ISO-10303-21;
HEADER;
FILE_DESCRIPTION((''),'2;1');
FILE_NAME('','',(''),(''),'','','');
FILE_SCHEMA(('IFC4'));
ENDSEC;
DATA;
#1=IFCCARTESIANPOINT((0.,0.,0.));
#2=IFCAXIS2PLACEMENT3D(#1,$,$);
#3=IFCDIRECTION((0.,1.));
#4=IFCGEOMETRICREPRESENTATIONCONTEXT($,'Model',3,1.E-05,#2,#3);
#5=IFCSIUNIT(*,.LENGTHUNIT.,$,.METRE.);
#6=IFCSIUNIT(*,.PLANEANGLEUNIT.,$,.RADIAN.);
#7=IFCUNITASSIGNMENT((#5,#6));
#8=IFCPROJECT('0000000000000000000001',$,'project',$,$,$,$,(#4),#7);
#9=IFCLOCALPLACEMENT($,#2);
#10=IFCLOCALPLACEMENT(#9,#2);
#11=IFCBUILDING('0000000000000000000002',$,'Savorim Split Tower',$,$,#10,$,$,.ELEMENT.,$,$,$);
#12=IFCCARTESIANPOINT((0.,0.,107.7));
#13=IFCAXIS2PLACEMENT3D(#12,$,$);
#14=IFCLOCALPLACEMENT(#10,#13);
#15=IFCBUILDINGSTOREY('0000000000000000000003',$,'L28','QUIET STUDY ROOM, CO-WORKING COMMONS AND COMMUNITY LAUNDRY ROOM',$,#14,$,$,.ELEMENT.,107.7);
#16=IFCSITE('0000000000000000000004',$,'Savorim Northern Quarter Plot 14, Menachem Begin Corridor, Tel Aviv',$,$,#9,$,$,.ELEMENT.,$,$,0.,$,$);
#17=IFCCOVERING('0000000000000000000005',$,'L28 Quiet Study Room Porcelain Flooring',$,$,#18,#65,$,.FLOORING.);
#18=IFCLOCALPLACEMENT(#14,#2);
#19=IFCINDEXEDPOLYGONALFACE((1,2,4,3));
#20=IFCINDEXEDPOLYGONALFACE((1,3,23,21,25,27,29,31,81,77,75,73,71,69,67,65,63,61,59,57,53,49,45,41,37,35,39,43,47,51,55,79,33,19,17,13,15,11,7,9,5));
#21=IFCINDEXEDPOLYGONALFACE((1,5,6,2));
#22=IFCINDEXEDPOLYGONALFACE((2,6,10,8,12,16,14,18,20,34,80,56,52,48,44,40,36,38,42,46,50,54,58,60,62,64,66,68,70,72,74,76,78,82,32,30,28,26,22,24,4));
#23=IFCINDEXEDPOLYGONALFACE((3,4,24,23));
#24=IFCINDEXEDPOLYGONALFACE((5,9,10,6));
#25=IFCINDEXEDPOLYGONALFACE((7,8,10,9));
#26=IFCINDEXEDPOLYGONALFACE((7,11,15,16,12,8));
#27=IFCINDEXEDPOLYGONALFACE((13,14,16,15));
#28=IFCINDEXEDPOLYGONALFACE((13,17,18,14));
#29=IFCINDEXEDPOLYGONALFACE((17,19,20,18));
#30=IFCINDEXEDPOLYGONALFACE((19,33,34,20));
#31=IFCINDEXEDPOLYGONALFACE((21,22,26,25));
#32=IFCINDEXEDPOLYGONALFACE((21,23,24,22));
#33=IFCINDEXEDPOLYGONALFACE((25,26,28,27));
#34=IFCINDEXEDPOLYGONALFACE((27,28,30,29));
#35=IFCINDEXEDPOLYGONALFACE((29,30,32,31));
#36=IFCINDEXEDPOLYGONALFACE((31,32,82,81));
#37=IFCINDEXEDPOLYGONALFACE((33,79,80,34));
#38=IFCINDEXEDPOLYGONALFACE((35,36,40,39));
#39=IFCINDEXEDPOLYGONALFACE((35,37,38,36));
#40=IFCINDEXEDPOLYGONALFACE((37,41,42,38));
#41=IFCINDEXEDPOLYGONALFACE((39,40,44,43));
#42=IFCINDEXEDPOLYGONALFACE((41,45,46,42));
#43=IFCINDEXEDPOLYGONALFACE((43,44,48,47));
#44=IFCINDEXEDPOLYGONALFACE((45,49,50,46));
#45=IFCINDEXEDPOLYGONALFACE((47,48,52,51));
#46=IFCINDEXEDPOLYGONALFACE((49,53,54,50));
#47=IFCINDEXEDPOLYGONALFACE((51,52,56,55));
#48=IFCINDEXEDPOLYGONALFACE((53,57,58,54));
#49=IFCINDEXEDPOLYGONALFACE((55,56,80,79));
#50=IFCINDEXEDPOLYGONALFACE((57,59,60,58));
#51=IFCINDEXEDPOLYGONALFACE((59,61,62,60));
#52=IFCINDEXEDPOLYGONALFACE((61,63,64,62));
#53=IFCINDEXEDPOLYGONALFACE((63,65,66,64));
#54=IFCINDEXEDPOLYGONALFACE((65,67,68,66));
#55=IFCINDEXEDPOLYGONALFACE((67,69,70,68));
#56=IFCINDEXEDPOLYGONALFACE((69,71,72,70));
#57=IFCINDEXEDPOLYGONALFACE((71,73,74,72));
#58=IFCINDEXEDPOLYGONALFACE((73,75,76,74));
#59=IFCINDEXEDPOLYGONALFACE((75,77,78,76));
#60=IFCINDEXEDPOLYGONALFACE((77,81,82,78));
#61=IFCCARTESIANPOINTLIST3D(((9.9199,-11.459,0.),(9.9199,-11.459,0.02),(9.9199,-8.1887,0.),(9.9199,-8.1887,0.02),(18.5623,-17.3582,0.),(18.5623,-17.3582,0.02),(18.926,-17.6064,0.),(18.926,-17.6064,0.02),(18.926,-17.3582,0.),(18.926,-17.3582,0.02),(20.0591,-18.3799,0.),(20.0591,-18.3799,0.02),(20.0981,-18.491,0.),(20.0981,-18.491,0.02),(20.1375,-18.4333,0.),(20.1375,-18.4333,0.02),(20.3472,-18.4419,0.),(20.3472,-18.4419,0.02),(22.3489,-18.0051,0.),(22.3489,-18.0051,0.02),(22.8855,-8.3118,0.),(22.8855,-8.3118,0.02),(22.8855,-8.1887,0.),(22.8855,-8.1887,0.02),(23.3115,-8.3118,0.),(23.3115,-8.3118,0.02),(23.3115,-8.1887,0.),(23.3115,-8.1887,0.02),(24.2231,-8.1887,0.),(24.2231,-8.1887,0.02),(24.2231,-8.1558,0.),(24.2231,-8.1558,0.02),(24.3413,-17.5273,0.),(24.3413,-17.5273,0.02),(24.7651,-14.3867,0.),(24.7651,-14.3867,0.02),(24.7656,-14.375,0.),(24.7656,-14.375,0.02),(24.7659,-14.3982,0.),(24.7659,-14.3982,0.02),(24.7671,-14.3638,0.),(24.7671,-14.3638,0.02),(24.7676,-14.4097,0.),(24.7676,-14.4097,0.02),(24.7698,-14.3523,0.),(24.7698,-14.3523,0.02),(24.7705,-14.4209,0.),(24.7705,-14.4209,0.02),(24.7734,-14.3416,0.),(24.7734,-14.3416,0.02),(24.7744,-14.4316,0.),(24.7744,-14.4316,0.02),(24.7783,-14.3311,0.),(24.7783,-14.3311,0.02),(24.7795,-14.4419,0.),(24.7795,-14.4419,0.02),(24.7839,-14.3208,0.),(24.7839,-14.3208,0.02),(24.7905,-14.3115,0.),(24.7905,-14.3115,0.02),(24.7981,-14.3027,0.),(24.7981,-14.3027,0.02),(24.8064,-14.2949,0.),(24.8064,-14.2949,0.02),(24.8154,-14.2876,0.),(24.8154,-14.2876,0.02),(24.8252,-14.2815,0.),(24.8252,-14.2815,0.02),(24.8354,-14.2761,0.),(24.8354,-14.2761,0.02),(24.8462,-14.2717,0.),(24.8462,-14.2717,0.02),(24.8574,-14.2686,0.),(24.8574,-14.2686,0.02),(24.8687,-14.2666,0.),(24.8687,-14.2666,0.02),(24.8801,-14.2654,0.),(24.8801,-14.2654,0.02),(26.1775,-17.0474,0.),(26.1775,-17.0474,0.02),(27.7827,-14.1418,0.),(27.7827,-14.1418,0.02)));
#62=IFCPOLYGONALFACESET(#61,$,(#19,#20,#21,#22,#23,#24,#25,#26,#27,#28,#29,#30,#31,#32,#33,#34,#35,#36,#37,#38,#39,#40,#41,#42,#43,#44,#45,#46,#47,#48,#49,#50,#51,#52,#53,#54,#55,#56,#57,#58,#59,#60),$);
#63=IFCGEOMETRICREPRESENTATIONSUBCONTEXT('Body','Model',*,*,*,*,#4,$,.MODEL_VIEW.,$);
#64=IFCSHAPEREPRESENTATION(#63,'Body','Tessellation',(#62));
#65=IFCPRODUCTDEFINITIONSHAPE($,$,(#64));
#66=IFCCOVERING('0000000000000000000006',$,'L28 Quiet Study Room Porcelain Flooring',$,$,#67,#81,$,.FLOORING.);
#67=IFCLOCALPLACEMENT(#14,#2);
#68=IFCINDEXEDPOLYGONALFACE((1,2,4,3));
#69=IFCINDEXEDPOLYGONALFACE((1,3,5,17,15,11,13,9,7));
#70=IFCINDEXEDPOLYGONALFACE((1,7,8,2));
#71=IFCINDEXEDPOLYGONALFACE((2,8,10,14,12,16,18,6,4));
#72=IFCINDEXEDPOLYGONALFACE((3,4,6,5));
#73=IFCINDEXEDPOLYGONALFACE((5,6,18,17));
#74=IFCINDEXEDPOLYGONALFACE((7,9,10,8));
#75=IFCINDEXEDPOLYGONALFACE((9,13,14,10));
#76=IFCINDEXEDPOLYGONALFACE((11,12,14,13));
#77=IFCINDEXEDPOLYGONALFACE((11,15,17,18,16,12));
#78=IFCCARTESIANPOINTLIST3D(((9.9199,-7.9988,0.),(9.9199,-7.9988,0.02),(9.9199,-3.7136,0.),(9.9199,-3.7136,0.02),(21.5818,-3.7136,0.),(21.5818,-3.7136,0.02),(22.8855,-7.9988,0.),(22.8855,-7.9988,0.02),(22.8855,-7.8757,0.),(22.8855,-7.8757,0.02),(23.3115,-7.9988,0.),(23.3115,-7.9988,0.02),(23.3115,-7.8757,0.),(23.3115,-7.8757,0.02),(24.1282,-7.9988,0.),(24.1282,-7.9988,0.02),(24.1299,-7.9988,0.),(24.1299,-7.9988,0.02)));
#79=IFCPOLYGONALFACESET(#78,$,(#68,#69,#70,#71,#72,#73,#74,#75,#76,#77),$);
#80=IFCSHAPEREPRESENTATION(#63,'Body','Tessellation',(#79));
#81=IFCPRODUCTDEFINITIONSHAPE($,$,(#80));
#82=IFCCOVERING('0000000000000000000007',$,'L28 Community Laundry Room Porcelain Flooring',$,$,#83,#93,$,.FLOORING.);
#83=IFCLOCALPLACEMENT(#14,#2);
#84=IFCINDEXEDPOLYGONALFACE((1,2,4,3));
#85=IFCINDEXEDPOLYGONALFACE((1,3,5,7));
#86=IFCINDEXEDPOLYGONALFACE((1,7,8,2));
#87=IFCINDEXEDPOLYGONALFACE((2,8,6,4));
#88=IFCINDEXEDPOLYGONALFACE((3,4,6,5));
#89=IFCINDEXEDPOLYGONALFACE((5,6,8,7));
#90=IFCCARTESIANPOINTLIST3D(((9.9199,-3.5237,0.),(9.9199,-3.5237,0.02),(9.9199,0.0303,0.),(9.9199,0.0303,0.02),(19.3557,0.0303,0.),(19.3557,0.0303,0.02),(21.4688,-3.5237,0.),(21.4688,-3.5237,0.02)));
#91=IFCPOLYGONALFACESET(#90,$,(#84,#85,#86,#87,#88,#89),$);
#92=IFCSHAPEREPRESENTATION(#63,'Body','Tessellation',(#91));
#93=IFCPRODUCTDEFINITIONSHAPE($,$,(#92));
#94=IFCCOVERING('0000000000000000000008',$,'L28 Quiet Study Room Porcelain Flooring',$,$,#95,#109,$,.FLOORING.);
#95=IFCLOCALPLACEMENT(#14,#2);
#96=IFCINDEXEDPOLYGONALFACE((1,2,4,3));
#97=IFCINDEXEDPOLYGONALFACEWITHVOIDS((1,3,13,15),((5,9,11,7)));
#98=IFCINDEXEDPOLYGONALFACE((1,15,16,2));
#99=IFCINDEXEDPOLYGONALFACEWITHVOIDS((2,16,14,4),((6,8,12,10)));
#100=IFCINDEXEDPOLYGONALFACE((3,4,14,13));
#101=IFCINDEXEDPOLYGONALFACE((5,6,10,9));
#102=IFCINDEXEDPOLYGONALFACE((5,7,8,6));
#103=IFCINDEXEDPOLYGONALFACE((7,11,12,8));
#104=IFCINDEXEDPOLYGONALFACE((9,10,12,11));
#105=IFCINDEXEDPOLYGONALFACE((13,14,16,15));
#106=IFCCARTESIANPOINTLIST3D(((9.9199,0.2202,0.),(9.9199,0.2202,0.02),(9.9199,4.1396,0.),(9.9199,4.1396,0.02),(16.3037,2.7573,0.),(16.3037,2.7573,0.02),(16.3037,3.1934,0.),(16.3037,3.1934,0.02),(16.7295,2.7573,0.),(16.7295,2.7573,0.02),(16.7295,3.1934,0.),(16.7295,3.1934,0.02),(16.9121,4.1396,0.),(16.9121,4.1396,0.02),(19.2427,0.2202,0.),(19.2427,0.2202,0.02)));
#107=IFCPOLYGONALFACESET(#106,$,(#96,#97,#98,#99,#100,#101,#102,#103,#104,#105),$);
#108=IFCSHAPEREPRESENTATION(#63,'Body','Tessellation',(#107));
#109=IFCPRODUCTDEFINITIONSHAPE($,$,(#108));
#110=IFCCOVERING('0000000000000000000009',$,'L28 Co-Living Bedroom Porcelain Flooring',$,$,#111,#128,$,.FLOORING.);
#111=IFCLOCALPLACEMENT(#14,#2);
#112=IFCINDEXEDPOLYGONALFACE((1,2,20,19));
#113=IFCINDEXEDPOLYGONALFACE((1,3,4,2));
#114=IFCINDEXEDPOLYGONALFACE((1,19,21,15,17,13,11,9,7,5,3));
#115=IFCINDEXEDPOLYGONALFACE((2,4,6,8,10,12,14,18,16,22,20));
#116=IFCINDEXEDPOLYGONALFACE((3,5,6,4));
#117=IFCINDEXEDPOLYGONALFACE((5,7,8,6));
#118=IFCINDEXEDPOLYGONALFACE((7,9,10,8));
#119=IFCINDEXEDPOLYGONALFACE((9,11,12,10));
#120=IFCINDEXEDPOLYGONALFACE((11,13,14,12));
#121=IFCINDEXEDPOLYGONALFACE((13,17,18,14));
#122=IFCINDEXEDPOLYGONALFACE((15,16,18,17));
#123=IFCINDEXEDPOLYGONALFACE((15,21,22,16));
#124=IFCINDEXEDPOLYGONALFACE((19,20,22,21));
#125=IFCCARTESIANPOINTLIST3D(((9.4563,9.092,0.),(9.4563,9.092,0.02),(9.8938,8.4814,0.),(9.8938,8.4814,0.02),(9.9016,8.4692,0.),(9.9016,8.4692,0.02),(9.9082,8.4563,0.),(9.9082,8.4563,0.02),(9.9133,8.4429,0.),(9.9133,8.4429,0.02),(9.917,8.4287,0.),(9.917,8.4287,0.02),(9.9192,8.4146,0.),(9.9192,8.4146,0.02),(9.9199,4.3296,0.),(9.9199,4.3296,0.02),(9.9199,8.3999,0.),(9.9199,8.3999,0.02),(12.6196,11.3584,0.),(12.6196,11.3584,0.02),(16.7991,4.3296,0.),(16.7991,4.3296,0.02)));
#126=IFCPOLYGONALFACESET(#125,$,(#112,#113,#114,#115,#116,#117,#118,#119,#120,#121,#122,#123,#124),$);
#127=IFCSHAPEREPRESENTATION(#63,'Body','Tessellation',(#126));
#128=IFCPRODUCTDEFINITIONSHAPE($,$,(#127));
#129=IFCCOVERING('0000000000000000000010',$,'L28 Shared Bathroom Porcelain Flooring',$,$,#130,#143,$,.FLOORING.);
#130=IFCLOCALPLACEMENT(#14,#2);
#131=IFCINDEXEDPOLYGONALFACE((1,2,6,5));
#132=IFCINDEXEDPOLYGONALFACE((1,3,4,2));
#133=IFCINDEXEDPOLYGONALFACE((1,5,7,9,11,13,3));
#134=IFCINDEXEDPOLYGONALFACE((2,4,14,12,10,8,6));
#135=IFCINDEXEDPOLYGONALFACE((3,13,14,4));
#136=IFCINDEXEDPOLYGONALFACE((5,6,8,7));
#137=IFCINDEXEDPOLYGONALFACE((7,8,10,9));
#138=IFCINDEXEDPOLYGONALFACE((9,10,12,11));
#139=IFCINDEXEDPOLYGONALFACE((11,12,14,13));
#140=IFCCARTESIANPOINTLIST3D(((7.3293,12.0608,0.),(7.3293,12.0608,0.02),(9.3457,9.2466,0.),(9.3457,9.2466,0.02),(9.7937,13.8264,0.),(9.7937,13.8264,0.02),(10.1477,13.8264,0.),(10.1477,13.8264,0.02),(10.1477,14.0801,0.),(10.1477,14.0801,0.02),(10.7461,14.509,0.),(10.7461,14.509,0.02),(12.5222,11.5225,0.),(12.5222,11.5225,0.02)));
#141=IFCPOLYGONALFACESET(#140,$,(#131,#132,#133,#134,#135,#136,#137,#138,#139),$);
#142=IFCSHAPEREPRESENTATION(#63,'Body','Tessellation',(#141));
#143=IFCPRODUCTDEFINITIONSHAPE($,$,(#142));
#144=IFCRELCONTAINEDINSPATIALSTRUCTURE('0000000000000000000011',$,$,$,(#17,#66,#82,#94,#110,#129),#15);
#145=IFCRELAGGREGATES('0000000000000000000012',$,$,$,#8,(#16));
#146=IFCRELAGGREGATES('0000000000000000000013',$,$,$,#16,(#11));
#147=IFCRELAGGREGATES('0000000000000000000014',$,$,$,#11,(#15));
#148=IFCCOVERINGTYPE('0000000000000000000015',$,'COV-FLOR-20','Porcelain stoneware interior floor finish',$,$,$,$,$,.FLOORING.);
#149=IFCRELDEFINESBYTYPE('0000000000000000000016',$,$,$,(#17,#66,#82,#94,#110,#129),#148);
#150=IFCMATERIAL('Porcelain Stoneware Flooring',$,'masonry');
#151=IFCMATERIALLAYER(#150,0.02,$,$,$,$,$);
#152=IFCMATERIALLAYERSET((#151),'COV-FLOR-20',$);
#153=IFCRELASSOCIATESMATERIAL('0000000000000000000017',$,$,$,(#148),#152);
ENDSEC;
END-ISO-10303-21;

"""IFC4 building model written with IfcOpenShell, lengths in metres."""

from ifc_helpers import new_model, si_unit, direction, frame, origin, place, context, subcontext, project, spatial, polyline, outline, extrude, material, layer, layer_set, type_object, element, save


model = new_model("IFC4")

# Units and contexts
model_context = context("Model", 3, precision=1e-05, world=origin(), true_north=direction((0.0, 1.0)))
body_context = subcontext(model_context, "Body", "Model", "MODEL_VIEW")
ifc_project = project(units=[si_unit("LENGTHUNIT", "METRE"), si_unit("PLANEANGLEUNIT", "RADIAN")], contexts=[model_context])

# Site, building, storey
site_placement = place(None, origin())
site = spatial("IfcSite", under=ifc_project, at=site_placement, Name="Savorim Northern Quarter Plot 14, Menachem Begin Corridor, Tel Aviv", CompositionType="ELEMENT", RefElevation=0.0)
building_placement = place(site_placement, origin())
building = spatial("IfcBuilding", under=site, at=building_placement, Name="Savorim Split Tower", CompositionType="ELEMENT")
storey_placement = place(building_placement, frame((0.0, 0.0, 107.7)))
storey = spatial("IfcBuildingStorey", under=building, at=storey_placement, Name="L28", Description="QUIET STUDY ROOM, CO-WORKING COMMONS AND COMMUNITY LAUNDRY ROOM", CompositionType="ELEMENT", Elevation=107.7)

# Coverings
ifc_material_1 = material(Name="Porcelain Stoneware Flooring", Category="masonry")
ifc_layer_1 = layer(ifc_material_1, 0.02)
ifc_layer_set_1 = layer_set([ifc_layer_1], Name="COV-FLOR-20")
covering_type_1 = type_object("IfcCoveringType", Name="COV-FLOR-20", Description="Porcelain stoneware interior floor finish", PredefinedType="FLOORING", material=ifc_layer_set_1)
covering_1_placement = place(storey_placement, origin())
element("IfcCovering", 1, at=covering_1_placement, inside=storey, type_object=covering_type_1, Name="L28 Quiet Study Room Porcelain Flooring", PredefinedType="FLOORING", context=body_context, shape_type="SweptSolid", body=[
    extrude(outline(polyline([(24.8574, -14.2686), (24.8687, -14.2666), (24.8801, -14.2654), (27.7827, -14.1418), (24.2231, -8.1558), (24.2231, -8.1887), (23.3115, -8.1887), (23.3115, -8.3118), (22.8855, -8.3118), (22.8855, -8.1887), (9.9199, -8.1887), (9.9199, -11.459), (18.5623, -17.3582), (18.926, -17.3582), (18.926, -17.6064), (20.0591, -18.3799), (20.1375, -18.4333), (20.0981, -18.491), (20.3472, -18.4419), (22.3489, -18.0051), (24.3413, -17.5273), (26.1775, -17.0474), (24.7795, -14.4419), (24.7744, -14.4316), (24.7705, -14.4209), (24.7676, -14.4097), (24.7659, -14.3982), (24.7651, -14.3867), (24.7656, -14.375), (24.7671, -14.3638), (24.7698, -14.3523), (24.7734, -14.3416), (24.7783, -14.3311), (24.7839, -14.3208), (24.7905, -14.3115), (24.7981, -14.3027), (24.8064, -14.2949), (24.8154, -14.2876), (24.8252, -14.2815), (24.8354, -14.2761), (24.8462, -14.2717), (24.8574, -14.2686)])), origin(), (0.0, 0.0, 1.0), 0.02),
])
covering_2_placement = place(storey_placement, origin())
element("IfcCovering", 2, at=covering_2_placement, inside=storey, type_object=covering_type_1, Name="L28 Quiet Study Room Porcelain Flooring", PredefinedType="FLOORING", context=body_context, shape_type="SweptSolid", body=[
    extrude(outline(polyline([(23.3115, -7.8757), (23.3115, -7.9988), (24.1282, -7.9988), (24.1299, -7.9988), (21.5818, -3.7136), (9.9199, -3.7136), (9.9199, -7.9988), (22.8855, -7.9988), (22.8855, -7.8757), (23.3115, -7.8757)])), origin(), (0.0, 0.0, 1.0), 0.02),
])
covering_3_placement = place(storey_placement, origin())
element("IfcCovering", 3, at=covering_3_placement, inside=storey, type_object=covering_type_1, Name="L28 Community Laundry Room Porcelain Flooring", PredefinedType="FLOORING", context=body_context, shape_type="SweptSolid", body=[
    extrude(outline(polyline([(21.4688, -3.5237), (19.3557, 0.0303), (9.9199, 0.0303), (9.9199, -3.5237), (21.4688, -3.5237)])), origin(), (0.0, 0.0, 1.0), 0.02),
])
covering_4_placement = place(storey_placement, origin())
element("IfcCovering", 4, at=covering_4_placement, inside=storey, type_object=covering_type_1, Name="L28 Quiet Study Room Porcelain Flooring", PredefinedType="FLOORING", context=body_context, shape_type="SweptSolid", body=[
    extrude(outline(polyline([(19.2427, 0.2202), (16.9121, 4.1396), (9.9199, 4.1396), (9.9199, 0.2202), (19.2427, 0.2202)]), holes=[polyline([(16.7295, 2.7573), (16.7295, 3.1934), (16.3037, 3.1934), (16.3037, 2.7573), (16.7295, 2.7573)])]), origin(), (0.0, 0.0, 1.0), 0.02),
])
covering_5_placement = place(storey_placement, origin())
element("IfcCovering", 5, at=covering_5_placement, inside=storey, type_object=covering_type_1, Name="L28 Co-Living Bedroom Porcelain Flooring", PredefinedType="FLOORING", context=body_context, shape_type="SweptSolid", body=[
    extrude(outline(polyline([(9.917, 8.4287), (9.9192, 8.4146), (9.9199, 8.3999), (9.9199, 4.3296), (16.7991, 4.3296), (12.6196, 11.3584), (9.4563, 9.092), (9.8938, 8.4814), (9.9016, 8.4692), (9.9082, 8.4563), (9.9133, 8.4429), (9.917, 8.4287)])), origin(), (0.0, 0.0, 1.0), 0.02),
])
covering_6_placement = place(storey_placement, origin())
element("IfcCovering", 6, at=covering_6_placement, inside=storey, type_object=covering_type_1, Name="L28 Shared Bathroom Porcelain Flooring", PredefinedType="FLOORING", context=body_context, shape_type="SweptSolid", body=[
    extrude(outline(polyline([(9.7937, 13.8264), (7.3293, 12.0608), (7.3293, 12.0608), (9.3457, 9.2466), (12.5222, 11.5225), (10.7461, 14.509), (10.1477, 14.0801), (10.1477, 13.8264), (9.7937, 13.8264)])), origin(), (0.0, 0.0, 1.0), 0.02),
])

save(model, "model.ifc")
